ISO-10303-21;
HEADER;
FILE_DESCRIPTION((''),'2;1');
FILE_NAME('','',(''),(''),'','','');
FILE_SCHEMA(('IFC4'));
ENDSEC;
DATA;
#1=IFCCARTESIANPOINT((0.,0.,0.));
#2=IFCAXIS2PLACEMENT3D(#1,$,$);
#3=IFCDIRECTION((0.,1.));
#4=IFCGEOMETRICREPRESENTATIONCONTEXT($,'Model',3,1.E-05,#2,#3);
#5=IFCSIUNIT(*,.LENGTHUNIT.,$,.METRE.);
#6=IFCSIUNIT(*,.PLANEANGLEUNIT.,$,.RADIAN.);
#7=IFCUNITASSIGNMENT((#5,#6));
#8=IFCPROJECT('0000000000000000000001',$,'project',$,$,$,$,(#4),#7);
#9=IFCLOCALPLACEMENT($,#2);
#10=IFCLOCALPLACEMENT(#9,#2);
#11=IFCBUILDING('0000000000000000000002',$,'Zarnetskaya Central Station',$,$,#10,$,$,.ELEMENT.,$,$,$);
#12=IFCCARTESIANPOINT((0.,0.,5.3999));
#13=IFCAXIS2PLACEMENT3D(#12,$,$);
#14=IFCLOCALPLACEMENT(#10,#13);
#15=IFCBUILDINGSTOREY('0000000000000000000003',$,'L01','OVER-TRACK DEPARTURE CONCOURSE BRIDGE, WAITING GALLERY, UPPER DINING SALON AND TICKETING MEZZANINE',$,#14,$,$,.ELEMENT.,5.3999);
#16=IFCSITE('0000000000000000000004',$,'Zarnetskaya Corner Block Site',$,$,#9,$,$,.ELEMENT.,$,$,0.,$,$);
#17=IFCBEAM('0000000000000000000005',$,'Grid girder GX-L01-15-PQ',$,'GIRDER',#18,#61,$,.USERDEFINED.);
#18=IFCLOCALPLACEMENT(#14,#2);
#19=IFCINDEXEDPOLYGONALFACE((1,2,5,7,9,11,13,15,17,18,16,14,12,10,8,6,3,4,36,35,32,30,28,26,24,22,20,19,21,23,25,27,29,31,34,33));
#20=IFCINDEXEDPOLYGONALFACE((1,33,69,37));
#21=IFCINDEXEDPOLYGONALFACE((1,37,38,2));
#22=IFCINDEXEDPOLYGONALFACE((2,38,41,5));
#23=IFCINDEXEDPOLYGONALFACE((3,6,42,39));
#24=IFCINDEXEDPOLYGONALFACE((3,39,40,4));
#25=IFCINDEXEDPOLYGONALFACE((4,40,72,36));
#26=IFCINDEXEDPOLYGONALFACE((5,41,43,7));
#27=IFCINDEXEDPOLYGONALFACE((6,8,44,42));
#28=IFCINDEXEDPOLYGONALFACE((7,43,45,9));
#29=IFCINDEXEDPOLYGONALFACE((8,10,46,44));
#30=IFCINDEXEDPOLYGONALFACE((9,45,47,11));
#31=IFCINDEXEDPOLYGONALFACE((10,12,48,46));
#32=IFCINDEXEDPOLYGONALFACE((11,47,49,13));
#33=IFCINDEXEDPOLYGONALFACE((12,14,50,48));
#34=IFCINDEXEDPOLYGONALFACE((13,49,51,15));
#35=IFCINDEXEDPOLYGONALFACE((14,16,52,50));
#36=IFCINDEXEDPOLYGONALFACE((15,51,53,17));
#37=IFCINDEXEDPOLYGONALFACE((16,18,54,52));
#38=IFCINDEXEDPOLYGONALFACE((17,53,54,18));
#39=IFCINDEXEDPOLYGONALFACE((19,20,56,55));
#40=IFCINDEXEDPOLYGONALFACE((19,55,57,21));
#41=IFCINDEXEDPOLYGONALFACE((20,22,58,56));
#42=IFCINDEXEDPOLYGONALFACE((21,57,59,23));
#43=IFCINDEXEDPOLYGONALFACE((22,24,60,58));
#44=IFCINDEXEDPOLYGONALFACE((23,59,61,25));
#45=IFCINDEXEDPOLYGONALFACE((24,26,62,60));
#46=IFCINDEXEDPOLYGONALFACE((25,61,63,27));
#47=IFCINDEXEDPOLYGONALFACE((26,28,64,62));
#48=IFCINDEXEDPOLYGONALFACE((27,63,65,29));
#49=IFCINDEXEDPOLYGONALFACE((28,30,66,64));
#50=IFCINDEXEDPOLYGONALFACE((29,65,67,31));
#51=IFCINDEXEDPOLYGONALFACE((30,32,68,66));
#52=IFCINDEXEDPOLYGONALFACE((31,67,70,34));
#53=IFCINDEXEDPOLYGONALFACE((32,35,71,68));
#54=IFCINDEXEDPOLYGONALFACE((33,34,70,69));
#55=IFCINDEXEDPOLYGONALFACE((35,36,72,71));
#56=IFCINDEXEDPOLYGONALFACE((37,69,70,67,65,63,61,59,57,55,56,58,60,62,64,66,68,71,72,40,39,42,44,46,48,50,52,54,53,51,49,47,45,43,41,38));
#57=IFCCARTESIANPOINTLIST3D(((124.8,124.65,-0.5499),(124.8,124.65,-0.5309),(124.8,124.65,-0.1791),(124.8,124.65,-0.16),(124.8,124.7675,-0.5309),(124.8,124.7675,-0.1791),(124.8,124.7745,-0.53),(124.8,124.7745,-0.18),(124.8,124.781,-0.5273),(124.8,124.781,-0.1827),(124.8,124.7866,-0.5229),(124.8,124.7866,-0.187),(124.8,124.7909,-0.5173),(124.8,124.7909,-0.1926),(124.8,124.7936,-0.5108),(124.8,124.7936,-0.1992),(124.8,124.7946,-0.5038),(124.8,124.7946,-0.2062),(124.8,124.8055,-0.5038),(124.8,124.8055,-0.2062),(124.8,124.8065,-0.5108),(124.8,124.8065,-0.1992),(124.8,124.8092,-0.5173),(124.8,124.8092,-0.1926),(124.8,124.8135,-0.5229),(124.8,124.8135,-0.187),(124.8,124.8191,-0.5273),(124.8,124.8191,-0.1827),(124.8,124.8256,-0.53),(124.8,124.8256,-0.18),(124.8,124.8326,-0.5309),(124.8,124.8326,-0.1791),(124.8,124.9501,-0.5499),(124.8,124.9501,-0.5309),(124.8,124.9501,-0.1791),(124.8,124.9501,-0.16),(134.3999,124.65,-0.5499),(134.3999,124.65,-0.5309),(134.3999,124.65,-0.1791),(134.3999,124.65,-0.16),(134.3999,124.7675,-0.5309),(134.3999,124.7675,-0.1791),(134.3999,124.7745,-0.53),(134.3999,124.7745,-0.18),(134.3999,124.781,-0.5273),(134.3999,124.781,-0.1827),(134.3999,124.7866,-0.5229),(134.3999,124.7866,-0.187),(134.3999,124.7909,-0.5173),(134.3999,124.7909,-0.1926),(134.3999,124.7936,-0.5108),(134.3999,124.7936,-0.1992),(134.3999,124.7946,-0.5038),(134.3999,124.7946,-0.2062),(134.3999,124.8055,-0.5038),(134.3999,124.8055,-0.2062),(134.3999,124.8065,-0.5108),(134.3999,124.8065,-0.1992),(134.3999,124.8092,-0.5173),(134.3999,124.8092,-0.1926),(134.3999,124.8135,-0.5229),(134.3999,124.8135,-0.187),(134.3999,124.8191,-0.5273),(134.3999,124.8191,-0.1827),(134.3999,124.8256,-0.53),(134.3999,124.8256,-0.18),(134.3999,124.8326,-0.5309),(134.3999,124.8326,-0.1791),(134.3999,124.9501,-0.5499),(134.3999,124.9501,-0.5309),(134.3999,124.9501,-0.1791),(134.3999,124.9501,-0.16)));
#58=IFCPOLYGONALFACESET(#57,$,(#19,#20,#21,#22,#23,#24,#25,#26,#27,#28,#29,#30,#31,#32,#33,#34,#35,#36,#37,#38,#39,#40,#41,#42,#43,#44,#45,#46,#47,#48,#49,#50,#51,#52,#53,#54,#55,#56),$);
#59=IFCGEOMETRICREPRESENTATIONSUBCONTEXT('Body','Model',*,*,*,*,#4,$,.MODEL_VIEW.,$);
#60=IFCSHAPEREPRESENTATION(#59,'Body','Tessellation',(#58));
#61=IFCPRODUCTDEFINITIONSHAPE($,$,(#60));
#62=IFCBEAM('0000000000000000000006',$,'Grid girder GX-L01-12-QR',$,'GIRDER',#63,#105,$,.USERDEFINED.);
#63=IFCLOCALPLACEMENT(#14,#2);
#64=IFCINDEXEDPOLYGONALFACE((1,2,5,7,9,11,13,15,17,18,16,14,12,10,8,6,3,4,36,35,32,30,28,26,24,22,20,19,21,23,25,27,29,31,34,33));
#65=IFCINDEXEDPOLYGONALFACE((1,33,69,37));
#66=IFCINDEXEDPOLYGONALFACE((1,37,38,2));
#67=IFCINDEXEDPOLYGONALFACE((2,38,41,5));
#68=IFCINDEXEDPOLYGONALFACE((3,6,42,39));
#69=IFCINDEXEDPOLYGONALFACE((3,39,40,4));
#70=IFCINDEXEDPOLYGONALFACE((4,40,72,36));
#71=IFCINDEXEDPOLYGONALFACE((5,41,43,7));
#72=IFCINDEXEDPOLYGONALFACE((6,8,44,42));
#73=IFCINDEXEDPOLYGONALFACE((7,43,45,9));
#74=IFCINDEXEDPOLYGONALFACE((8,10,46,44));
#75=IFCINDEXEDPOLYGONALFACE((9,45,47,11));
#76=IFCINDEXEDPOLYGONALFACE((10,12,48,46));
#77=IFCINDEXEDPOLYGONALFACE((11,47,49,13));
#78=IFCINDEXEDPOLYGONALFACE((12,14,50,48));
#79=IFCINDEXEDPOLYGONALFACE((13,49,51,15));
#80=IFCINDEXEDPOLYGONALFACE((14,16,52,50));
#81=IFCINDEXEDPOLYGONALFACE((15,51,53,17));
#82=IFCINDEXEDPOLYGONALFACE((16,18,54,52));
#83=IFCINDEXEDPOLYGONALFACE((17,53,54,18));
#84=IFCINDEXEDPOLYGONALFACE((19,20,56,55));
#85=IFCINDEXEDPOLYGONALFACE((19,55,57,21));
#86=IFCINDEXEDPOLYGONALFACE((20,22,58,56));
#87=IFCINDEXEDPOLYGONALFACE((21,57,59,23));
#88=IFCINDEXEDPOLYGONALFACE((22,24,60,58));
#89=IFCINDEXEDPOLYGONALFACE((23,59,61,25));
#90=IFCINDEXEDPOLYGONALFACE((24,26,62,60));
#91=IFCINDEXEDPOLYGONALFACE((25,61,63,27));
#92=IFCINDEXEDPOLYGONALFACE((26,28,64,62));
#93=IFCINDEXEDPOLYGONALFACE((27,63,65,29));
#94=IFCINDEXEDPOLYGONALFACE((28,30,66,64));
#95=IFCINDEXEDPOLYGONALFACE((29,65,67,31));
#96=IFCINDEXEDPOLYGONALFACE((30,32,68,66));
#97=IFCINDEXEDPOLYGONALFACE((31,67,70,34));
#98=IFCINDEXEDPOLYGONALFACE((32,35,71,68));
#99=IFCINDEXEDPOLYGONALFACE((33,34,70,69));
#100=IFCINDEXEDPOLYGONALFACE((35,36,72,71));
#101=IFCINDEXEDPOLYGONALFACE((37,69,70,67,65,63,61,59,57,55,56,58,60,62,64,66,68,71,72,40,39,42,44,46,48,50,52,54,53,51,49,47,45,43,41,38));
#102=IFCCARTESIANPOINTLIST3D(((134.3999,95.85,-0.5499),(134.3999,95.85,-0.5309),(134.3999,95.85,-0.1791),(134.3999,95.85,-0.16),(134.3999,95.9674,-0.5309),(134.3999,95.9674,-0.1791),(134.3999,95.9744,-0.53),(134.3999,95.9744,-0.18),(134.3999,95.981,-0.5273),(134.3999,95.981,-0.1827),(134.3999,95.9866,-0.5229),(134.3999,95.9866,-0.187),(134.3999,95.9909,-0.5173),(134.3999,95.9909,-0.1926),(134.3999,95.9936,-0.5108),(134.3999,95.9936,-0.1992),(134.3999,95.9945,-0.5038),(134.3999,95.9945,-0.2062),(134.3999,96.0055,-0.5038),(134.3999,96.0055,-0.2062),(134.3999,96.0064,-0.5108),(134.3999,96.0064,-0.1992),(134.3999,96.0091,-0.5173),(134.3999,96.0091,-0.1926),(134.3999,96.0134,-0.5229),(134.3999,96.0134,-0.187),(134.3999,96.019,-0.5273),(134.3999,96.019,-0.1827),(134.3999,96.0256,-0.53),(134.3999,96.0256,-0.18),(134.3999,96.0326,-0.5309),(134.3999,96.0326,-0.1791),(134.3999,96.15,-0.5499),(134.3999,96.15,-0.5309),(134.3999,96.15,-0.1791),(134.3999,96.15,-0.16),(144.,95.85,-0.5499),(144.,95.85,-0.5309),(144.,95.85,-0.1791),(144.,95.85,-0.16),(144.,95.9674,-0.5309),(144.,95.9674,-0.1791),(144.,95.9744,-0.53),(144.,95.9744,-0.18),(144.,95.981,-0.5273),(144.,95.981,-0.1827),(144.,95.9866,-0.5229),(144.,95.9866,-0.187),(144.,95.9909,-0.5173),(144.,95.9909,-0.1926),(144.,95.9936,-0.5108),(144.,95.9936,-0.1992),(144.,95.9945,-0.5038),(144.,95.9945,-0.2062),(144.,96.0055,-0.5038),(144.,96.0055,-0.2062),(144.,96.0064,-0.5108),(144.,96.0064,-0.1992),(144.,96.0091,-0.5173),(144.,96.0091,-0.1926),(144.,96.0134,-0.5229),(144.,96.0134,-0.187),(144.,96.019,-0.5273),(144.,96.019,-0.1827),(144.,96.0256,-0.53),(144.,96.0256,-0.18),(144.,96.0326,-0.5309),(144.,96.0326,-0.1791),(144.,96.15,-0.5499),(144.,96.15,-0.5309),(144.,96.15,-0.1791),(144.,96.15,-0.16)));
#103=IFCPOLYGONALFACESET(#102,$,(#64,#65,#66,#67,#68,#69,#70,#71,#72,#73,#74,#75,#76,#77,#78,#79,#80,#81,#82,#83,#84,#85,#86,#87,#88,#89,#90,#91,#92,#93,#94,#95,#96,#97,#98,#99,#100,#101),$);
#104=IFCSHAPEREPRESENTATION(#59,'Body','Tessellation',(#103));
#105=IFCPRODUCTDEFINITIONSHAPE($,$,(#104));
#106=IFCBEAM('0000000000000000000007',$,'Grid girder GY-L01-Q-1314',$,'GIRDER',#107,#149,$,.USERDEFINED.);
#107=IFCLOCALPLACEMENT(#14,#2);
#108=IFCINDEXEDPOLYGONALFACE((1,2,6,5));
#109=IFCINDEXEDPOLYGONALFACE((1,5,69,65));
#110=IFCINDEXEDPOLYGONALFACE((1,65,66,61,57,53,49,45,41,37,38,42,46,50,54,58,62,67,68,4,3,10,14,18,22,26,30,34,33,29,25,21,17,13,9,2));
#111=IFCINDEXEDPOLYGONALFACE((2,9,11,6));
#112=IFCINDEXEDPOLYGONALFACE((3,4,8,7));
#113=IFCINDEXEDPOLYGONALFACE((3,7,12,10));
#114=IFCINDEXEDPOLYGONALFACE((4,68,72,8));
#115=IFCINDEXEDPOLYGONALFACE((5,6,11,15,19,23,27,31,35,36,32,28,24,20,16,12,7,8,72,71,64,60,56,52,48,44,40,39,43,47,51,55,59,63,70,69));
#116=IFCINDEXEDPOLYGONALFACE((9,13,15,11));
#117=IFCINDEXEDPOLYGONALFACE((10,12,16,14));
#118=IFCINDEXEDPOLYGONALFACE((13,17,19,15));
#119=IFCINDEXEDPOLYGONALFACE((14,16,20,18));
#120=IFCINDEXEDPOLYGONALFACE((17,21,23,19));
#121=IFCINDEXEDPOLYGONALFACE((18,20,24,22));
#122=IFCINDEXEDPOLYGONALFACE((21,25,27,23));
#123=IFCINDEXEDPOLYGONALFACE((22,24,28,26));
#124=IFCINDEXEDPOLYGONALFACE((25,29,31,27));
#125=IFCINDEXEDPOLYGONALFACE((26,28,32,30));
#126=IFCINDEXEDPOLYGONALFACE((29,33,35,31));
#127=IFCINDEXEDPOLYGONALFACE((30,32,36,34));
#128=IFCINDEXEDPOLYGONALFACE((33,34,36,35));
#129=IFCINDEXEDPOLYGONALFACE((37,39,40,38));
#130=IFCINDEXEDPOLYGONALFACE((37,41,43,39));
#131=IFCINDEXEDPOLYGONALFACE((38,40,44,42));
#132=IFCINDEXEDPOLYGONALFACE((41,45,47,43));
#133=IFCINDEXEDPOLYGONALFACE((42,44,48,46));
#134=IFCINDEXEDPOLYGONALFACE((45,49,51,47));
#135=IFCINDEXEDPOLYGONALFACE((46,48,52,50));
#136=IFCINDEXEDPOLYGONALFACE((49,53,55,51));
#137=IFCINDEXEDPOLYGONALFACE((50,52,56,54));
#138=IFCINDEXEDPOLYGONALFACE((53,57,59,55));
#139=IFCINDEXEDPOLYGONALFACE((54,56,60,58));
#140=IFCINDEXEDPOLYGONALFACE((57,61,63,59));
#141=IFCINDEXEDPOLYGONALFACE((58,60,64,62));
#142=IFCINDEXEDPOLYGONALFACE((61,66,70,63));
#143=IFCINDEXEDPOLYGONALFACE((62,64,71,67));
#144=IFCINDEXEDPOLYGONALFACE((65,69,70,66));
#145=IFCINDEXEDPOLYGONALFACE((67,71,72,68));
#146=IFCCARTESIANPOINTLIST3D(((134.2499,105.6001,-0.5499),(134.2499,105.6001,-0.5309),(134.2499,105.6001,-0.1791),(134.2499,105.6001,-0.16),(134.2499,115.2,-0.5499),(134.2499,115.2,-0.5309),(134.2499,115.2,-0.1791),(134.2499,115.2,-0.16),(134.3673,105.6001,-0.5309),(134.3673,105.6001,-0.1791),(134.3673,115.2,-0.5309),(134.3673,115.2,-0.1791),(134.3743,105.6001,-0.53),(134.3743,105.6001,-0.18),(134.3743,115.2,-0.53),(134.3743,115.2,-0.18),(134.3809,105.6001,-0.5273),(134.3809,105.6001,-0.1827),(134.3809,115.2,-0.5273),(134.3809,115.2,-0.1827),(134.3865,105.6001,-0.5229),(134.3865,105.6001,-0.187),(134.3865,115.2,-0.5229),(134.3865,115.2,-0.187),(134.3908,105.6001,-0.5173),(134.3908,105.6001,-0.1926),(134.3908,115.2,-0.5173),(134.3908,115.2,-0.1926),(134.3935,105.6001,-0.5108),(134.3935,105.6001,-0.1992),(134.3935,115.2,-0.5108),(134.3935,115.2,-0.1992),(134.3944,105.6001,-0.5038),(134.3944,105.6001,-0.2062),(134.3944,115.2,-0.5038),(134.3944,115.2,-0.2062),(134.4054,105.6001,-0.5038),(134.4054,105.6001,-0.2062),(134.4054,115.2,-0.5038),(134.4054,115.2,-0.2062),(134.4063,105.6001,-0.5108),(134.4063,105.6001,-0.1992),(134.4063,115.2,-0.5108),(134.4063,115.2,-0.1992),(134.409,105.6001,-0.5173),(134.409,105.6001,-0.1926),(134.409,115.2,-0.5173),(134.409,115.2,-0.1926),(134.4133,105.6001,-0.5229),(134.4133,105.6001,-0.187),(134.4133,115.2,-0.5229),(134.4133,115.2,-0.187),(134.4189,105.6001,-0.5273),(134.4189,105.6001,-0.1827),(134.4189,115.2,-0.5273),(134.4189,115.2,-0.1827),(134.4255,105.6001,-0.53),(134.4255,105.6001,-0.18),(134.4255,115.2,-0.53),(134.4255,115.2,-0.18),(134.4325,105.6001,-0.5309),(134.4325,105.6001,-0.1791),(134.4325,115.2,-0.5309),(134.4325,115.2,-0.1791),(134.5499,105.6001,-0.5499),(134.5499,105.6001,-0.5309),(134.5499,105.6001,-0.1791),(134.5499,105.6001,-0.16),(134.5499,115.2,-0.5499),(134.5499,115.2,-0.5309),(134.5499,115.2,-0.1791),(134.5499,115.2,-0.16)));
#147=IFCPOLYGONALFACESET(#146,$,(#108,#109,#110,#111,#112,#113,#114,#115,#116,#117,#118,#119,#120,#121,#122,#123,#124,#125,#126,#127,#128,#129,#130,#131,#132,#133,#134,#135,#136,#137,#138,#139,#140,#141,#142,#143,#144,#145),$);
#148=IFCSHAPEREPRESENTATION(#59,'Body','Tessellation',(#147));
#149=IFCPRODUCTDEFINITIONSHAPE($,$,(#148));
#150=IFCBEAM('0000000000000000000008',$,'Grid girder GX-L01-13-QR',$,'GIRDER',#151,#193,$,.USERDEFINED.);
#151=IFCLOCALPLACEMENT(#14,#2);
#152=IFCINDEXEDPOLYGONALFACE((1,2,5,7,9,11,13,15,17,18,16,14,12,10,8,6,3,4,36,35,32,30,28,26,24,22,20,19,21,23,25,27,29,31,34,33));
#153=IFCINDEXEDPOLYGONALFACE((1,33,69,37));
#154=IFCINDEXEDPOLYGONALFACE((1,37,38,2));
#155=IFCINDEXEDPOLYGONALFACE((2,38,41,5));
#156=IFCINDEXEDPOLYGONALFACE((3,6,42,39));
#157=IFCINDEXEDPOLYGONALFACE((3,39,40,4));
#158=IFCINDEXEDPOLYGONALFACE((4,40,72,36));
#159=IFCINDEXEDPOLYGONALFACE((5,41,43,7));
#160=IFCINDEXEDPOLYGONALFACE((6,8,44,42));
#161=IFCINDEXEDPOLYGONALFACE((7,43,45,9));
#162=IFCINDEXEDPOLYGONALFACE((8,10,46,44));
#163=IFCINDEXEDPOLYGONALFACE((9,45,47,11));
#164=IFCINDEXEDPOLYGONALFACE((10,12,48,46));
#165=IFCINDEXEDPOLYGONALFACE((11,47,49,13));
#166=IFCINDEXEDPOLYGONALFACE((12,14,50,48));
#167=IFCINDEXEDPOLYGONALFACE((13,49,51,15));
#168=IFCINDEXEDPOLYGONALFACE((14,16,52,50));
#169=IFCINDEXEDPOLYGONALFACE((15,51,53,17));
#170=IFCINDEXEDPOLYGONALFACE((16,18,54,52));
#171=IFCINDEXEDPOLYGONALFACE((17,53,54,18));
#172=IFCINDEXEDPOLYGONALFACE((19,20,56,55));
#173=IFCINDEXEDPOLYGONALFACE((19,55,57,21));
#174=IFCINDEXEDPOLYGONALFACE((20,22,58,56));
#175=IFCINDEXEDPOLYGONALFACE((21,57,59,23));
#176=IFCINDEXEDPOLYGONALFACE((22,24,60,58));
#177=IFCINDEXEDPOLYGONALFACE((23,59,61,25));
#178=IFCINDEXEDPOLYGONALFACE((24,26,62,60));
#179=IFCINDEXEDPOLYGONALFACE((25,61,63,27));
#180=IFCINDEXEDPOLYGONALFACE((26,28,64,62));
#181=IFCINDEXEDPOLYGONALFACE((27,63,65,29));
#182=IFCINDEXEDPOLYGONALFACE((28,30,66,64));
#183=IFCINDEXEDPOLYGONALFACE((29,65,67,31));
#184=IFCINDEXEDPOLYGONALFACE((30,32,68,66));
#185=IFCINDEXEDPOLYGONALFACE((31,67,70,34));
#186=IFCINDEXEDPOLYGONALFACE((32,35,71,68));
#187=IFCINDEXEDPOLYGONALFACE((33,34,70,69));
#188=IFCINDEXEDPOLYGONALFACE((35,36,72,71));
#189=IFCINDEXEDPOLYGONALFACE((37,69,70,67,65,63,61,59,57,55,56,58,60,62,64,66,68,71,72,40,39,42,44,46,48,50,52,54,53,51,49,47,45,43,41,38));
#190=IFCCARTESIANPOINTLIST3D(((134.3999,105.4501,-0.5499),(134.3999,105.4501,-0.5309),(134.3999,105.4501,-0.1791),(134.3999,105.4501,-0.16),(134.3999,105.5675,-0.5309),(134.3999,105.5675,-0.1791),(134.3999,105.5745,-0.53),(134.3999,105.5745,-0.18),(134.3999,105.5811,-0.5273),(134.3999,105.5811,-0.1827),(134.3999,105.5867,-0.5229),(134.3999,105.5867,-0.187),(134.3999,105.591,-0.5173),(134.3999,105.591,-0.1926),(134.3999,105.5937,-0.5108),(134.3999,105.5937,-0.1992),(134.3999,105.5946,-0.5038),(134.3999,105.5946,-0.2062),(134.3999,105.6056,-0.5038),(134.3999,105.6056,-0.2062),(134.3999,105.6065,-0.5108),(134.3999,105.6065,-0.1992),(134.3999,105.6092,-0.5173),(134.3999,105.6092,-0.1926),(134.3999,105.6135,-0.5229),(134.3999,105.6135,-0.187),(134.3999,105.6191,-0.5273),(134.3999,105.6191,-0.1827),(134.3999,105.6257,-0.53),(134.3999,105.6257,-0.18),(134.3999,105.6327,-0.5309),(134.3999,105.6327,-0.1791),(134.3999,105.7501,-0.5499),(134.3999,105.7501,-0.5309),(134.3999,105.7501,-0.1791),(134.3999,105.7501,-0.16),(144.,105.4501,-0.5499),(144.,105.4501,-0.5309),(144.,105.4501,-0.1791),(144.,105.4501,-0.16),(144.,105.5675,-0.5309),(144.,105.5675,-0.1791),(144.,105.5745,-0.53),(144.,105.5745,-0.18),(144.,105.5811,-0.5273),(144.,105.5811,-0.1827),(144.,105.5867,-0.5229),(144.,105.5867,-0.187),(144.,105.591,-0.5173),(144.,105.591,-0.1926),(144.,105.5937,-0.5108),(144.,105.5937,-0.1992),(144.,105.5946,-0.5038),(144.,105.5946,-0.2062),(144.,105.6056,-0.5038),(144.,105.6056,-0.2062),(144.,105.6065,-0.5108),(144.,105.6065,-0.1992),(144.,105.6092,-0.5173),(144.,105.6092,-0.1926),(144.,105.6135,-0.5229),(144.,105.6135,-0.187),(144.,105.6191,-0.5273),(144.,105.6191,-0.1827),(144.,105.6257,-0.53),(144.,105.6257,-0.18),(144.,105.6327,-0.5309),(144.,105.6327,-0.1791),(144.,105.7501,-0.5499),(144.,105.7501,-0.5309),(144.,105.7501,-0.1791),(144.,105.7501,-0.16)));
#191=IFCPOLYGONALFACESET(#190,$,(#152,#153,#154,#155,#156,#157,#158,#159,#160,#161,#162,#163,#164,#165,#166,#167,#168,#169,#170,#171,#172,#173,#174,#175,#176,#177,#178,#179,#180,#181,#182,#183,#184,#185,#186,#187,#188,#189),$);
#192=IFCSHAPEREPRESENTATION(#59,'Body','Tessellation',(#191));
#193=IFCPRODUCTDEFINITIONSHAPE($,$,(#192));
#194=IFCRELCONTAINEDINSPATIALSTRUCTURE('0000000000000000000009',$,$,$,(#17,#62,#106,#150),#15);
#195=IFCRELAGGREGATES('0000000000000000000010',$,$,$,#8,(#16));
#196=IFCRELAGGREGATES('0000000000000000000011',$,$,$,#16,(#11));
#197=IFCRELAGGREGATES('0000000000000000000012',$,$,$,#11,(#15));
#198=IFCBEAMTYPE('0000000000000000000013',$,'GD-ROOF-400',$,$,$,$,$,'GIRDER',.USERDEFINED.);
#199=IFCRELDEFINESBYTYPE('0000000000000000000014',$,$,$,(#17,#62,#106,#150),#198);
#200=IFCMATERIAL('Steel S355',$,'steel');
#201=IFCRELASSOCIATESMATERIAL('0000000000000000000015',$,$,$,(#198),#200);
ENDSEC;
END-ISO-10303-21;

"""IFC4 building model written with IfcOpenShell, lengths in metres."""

from ifc_helpers import new_model, si_unit, direction, frame, origin, origin_2d, place, context, subcontext, project, spatial, i_section, extrude, material, material_profile, profile_set, type_object, element, save


model = new_model("IFC4")

# Units and contexts
model_context = context("Model", 3, precision=1e-05, world=origin(), true_north=direction((0.0, 1.0)))
body_context = subcontext(model_context, "Body", "Model", "MODEL_VIEW")
ifc_project = project(units=[si_unit("LENGTHUNIT", "METRE"), si_unit("PLANEANGLEUNIT", "RADIAN")], contexts=[model_context])

# Site, building, storey
site_placement = place(None, origin())
site = spatial("IfcSite", under=ifc_project, at=site_placement, Name="Zarnetskaya Corner Block Site", CompositionType="ELEMENT", RefElevation=0.0)
building_placement = place(site_placement, origin())
building = spatial("IfcBuilding", under=site, at=building_placement, Name="Zarnetskaya Central Station", CompositionType="ELEMENT")
storey_placement = place(building_placement, frame((0.0, 0.0, 5.3999)))
storey = spatial("IfcBuildingStorey", under=building, at=storey_placement, Name="L01", Description="OVER-TRACK DEPARTURE CONCOURSE BRIDGE, WAITING GALLERY, UPPER DINING SALON AND TICKETING MEZZANINE", CompositionType="ELEMENT", Elevation=5.3999)

# Shared definitions
ifc_material = material(Name="Steel S355", Category="steel")

# Beams
ifc_material_profile_1 = material_profile(ifc_material, i_section(OverallWidth=0.3, OverallDepth=0.3899, WebThickness=0.011, FlangeThickness=0.019, FilletRadius=0.0271, at=origin_2d()), Name="HEA 400")
ifc_profile_set_1 = profile_set([ifc_material_profile_1], Name="Steel S355")
beam_type_1 = type_object("IfcBeamType", Name="GD-ROOF-400", ElementType="GIRDER", PredefinedType="USERDEFINED", material=ifc_profile_set_1)
for number, where, z_axis, x_axis, name in (
    (1, (124.8, 124.8, -0.355), (1.0, 0.0, 0.0), (0.0, 1.0, 0.0), "Grid girder GX-L01-15-PQ"),
):
    element("IfcBeam", number, at=place(storey_placement, frame(where, z_axis=z_axis, x_axis=x_axis)), inside=storey, type_object=beam_type_1, Name=name, ObjectType="GIRDER", PredefinedType="USERDEFINED", context=body_context, shape_type="SweptSolid", body=[
        extrude(i_section(OverallWidth=0.3, OverallDepth=0.3899, WebThickness=0.011, FlangeThickness=0.019, FilletRadius=0.0271, at=origin_2d()), origin(), (0.0, 0.0, 1.0), 9.5999),
    ])
beam_1_placement = place(storey_placement, frame((134.3999, 96.0, -0.355), z_axis=(1.0, 0.0, 0.0), x_axis=(0.0, 1.0, 0.0)))
element("IfcBeam", 2, at=beam_1_placement, inside=storey, type_object=beam_type_1, Name="Grid girder GX-L01-12-QR", ObjectType="GIRDER", PredefinedType="USERDEFINED", context=body_context, shape_type="SweptSolid", body=[
    extrude(i_section(OverallWidth=0.3, OverallDepth=0.3899, WebThickness=0.011, FlangeThickness=0.019, FilletRadius=0.0271, at=origin_2d()), origin(), (0.0, 0.0, 1.0), 9.6001),
])
beam_2_placement = place(storey_placement, frame((134.3999, 105.6001, -0.355), z_axis=(0.0, 1.0, 0.0), x_axis=(-1.0, 0.0, 0.0)))
element("IfcBeam", 3, at=beam_2_placement, inside=storey, type_object=beam_type_1, Name="Grid girder GY-L01-Q-1314", ObjectType="GIRDER", PredefinedType="USERDEFINED", context=body_context, shape_type="SweptSolid", body=[
    extrude(i_section(OverallWidth=0.3, OverallDepth=0.3899, WebThickness=0.011, FlangeThickness=0.019, FilletRadius=0.0271, at=origin_2d()), origin(), (0.0, 0.0, 1.0), 9.5999),
])
for number, where, z_axis, x_axis, name in (
    (4, (134.3999, 105.6001, -0.355), (1.0, 0.0, 0.0), (0.0, 1.0, 0.0), "Grid girder GX-L01-13-QR"),
):
    element("IfcBeam", number, at=place(storey_placement, frame(where, z_axis=z_axis, x_axis=x_axis)), inside=storey, type_object=beam_type_1, Name=name, ObjectType="GIRDER", PredefinedType="USERDEFINED", context=body_context, shape_type="SweptSolid", body=[
        extrude(i_section(OverallWidth=0.3, OverallDepth=0.3899, WebThickness=0.011, FlangeThickness=0.019, FilletRadius=0.0271, at=origin_2d()), origin(), (0.0, 0.0, 1.0), 9.6001),
    ])

save(model, "model.ifc")
